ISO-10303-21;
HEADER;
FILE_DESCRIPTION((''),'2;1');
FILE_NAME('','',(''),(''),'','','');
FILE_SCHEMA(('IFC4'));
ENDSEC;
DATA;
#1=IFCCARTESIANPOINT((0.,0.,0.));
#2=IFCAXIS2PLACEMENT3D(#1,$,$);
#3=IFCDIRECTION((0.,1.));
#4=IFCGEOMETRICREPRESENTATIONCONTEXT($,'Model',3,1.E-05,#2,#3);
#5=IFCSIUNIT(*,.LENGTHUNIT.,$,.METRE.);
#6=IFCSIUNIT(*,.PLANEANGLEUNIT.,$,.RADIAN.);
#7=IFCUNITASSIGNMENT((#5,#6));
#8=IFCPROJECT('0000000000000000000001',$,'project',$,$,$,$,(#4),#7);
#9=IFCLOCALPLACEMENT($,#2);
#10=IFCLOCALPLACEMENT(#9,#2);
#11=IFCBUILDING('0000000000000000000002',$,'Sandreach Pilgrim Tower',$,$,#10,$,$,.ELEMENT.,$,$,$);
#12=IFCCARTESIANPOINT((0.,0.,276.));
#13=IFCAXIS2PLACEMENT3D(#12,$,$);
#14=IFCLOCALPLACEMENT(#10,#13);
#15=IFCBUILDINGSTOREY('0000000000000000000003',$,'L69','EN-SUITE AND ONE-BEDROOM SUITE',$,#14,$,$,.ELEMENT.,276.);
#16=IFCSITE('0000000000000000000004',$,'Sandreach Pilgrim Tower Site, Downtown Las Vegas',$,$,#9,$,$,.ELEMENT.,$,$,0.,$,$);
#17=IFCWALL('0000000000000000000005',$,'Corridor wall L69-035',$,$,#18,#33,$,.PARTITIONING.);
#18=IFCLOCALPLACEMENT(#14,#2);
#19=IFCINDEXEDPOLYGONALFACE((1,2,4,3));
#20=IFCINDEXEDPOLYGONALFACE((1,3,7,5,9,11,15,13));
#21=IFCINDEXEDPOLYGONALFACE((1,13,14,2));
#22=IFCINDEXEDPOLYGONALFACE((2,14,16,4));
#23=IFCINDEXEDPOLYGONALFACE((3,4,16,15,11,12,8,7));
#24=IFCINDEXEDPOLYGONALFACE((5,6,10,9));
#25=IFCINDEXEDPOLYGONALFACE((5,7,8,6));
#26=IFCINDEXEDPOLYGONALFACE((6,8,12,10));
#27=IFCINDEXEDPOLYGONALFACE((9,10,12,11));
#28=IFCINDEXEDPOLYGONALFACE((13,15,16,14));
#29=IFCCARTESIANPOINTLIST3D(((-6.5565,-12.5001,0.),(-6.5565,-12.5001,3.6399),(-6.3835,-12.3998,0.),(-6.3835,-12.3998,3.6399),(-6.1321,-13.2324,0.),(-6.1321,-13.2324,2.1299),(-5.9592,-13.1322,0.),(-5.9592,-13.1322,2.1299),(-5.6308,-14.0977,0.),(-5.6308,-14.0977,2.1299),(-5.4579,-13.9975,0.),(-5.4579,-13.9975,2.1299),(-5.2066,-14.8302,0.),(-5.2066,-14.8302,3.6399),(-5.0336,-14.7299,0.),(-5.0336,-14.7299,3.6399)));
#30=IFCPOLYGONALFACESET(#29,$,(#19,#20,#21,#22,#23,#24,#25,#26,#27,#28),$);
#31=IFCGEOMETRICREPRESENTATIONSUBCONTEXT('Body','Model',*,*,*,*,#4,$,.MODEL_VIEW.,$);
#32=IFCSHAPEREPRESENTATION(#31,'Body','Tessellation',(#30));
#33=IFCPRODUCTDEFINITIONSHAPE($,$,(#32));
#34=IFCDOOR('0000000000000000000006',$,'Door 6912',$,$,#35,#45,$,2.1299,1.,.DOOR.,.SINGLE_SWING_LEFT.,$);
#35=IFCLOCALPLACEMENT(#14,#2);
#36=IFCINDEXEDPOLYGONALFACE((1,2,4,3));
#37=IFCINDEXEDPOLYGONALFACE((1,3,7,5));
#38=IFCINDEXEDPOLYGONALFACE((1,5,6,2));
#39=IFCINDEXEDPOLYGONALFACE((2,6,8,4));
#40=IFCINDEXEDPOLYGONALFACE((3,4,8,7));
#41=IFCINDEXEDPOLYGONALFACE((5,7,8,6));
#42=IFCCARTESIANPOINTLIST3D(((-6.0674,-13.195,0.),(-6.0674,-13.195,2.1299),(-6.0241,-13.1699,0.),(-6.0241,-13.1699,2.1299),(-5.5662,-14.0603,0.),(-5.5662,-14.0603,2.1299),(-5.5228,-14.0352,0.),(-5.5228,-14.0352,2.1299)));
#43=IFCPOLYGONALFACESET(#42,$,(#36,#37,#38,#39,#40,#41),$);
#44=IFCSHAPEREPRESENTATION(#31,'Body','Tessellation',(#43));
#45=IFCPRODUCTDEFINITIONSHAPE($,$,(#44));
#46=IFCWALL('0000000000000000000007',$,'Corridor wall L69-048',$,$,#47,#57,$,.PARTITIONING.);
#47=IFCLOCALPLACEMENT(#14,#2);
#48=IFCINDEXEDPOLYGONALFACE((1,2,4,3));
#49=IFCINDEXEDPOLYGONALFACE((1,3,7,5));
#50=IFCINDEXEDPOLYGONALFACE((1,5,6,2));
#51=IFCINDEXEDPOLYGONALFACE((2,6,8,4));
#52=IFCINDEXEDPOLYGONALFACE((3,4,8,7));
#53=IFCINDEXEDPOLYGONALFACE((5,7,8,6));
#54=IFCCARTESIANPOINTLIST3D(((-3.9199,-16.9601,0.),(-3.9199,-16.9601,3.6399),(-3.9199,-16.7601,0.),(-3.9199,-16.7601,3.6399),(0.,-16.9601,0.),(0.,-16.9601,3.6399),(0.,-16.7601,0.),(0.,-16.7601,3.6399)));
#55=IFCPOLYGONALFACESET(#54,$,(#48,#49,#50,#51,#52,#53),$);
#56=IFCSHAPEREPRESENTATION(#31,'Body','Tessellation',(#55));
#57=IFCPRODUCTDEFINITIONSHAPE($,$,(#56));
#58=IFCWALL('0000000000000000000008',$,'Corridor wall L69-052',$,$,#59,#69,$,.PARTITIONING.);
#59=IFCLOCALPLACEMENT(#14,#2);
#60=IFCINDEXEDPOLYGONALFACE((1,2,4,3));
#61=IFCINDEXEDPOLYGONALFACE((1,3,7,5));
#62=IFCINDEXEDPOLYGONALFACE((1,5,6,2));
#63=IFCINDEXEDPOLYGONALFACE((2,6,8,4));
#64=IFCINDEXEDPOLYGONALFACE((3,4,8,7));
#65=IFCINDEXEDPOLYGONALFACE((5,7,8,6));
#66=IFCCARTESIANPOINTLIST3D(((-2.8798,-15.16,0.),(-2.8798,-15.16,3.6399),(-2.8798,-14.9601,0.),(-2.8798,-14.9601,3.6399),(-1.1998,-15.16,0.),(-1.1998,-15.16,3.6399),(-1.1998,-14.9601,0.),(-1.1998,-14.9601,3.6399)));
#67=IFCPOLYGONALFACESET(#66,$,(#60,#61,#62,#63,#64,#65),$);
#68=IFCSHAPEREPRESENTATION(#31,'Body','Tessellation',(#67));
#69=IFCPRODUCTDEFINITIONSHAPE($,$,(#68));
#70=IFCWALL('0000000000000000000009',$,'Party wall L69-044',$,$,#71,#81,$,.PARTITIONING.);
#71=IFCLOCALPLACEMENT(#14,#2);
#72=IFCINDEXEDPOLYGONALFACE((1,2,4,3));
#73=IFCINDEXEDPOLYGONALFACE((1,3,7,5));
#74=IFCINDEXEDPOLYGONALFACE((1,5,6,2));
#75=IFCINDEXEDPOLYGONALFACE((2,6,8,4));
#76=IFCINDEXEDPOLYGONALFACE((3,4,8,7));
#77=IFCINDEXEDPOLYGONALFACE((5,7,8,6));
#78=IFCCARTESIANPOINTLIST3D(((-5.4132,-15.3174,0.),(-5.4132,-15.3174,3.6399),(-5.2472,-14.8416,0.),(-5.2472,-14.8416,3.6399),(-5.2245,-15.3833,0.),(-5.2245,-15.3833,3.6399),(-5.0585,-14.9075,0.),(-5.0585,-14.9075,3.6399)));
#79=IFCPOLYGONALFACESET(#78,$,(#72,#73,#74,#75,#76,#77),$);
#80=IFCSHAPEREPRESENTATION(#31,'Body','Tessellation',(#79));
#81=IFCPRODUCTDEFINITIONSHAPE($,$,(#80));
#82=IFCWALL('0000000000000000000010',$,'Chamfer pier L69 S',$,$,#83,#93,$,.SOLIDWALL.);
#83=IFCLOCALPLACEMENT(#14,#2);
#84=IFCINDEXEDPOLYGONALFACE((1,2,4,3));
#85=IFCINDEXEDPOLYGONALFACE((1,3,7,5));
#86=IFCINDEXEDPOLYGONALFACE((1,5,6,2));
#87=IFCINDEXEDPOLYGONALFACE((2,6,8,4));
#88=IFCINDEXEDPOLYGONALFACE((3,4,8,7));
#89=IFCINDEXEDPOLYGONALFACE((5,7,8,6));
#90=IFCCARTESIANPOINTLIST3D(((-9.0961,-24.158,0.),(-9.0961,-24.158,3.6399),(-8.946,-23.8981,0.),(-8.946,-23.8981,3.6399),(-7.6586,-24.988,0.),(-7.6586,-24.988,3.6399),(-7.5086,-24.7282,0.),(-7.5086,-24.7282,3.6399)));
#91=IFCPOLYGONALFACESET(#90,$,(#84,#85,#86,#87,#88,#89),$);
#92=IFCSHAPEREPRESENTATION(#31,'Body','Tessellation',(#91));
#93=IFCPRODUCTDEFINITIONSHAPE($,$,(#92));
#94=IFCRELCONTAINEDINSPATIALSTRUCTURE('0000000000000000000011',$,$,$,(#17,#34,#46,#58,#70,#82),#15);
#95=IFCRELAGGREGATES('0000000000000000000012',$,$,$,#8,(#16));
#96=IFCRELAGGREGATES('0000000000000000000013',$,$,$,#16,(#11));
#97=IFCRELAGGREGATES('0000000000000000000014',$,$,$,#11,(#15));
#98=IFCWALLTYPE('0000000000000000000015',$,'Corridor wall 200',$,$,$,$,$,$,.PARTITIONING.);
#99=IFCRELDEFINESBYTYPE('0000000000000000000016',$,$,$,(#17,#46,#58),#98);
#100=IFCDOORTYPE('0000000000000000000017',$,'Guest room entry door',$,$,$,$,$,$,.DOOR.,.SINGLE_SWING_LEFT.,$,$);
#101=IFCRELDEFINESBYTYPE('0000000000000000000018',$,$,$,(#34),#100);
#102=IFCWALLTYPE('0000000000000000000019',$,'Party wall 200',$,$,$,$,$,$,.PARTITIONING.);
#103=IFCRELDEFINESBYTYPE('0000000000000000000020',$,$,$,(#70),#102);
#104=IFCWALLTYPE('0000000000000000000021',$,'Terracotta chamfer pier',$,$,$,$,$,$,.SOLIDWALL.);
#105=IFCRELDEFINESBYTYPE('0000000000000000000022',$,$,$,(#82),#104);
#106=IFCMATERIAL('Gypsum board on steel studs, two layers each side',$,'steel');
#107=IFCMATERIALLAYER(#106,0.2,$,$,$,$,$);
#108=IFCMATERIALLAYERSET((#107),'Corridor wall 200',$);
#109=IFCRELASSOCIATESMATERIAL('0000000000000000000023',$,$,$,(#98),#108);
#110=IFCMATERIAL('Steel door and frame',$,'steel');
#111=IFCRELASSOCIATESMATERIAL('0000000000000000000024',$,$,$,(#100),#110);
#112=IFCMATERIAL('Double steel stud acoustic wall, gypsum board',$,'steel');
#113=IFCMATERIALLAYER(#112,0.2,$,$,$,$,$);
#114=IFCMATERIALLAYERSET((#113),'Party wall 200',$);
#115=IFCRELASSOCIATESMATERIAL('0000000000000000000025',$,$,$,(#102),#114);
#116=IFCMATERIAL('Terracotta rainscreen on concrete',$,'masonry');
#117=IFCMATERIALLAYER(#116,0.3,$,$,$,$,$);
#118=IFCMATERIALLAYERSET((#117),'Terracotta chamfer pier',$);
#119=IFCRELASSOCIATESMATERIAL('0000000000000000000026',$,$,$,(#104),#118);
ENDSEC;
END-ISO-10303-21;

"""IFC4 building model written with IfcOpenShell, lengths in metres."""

from ifc_helpers import new_model, si_unit, direction, frame, frame_2d, origin, place, context, subcontext, project, spatial, rectangle, extrude, material, layer, layer_set, type_object, element, fill, save


model = new_model("IFC4")

# Units and contexts
model_context = context("Model", 3, precision=1e-05, world=origin(), true_north=direction((0.0, 1.0)))
body_context = subcontext(model_context, "Body", "Model", "MODEL_VIEW")
ifc_project = project(units=[si_unit("LENGTHUNIT", "METRE"), si_unit("PLANEANGLEUNIT", "RADIAN")], contexts=[model_context])

# Site, building, storey
site_placement = place(None, origin())
site = spatial("IfcSite", under=ifc_project, at=site_placement, Name="Sandreach Pilgrim Tower Site, Downtown Las Vegas", CompositionType="ELEMENT", RefElevation=0.0)
building_placement = place(site_placement, origin())
building = spatial("IfcBuilding", under=site, at=building_placement, Name="Sandreach Pilgrim Tower", CompositionType="ELEMENT")
storey_placement = place(building_placement, frame((0.0, 0.0, 276.0)))
storey = spatial("IfcBuildingStorey", under=building, at=storey_placement, Name="L69", Description="EN-SUITE AND ONE-BEDROOM SUITE", CompositionType="ELEMENT", Elevation=276.0)

# Wall, opening, door
ifc_material_1 = material(Name="Gypsum board on steel studs, two layers each side", Category="steel")
ifc_layer_1 = layer(ifc_material_1, 0.2)
ifc_layer_set_1 = layer_set([ifc_layer_1], Name="Corridor wall 200")
wall_type_1 = type_object("IfcWallType", Name="Corridor wall 200", PredefinedType="PARTITIONING", material=ifc_layer_set_1)
wall_1_placement = place(storey_placement, frame((-6.47, -12.45, 0.0), z_axis=(0.0, 0.0, 1.0), x_axis=(0.501276, -0.865288, 0.0)))
wall_1 = element("IfcWall", 1, at=wall_1_placement, inside=storey, type_object=wall_type_1, Name="Corridor wall L69-035", PredefinedType="PARTITIONING", context=body_context, shape_type="SweptSolid", body=[
    extrude(rectangle(XDim=2.6929, YDim=0.2, at=frame_2d((1.3464, 0.0))), origin(), (0.0, 0.0, 1.0), 3.6399),
])
opening_1_placement = place(wall_1_placement, frame((0.8464, 0.0, 0.0)))
opening_1 = element("IfcOpeningElement", 2, at=opening_1_placement, cuts=wall_1, PredefinedType="OPENING", context=body_context, shape_type="SweptSolid", body=[
    extrude(rectangle(XDim=1.0, YDim=2.1299, at=frame_2d((0.5, 1.0649))), frame((0.0, 0.1001, 0.0), z_axis=(0.0, -1.0, 0.0), x_axis=(1.0, 0.0, 0.0)), (0.0, 0.0, 1.0), 0.2),
])
ifc_material_2 = material(Name="Steel door and frame", Category="steel")
door_type_1 = type_object("IfcDoorType", Name="Guest room entry door", OperationType="SINGLE_SWING_LEFT", PredefinedType="DOOR", material=ifc_material_2)
door_1_placement = place(opening_1_placement, origin())
door_1 = element("IfcDoor", 3, at=door_1_placement, inside=storey, type_object=door_type_1, Name="Door 6912", OperationType="SINGLE_SWING_LEFT", OverallHeight=2.1299, OverallWidth=1.0, PredefinedType="DOOR", context=body_context, shape_type="SweptSolid", body=[
    extrude(rectangle(XDim=1.0, YDim=2.1299, at=frame_2d((0.5, 1.0649))), frame((0.0, 0.0249, 0.0), z_axis=(0.0, -1.0, 0.0), x_axis=(1.0, 0.0, 0.0)), (0.0, 0.0, 1.0), 0.05),
])
fill(opening_1, door_1)

# Wall
wall_2_placement = place(storey_placement, frame((-3.9199, -16.8601, 0.0), z_axis=(0.0, 0.0, 1.0), x_axis=(1.0, 0.0, 0.0)))
element("IfcWall", 4, at=wall_2_placement, inside=storey, type_object=wall_type_1, Name="Corridor wall L69-048", PredefinedType="PARTITIONING", context=body_context, shape_type="SweptSolid", body=[
    extrude(rectangle(XDim=3.9199, YDim=0.2, at=frame_2d((1.96, 0.0))), origin(), (0.0, 0.0, 1.0), 3.6399),
])

# Walls
wall_3_placement = place(storey_placement, frame((-1.2, -15.0601, 0.0), z_axis=(0.0, 0.0, 1.0), x_axis=(-1.0, 0.0, 0.0)))
element("IfcWall", 5, at=wall_3_placement, inside=storey, type_object=wall_type_1, Name="Corridor wall L69-052", PredefinedType="PARTITIONING", context=body_context, shape_type="SweptSolid", body=[
    extrude(rectangle(XDim=1.6799, YDim=0.2, at=frame_2d((0.8398, 0.0))), origin(), (0.0, 0.0, 1.0), 3.6399),
])
ifc_material_3 = material(Name="Double steel stud acoustic wall, gypsum board", Category="steel")
ifc_layer_2 = layer(ifc_material_3, 0.2)
ifc_layer_set_2 = layer_set([ifc_layer_2], Name="Party wall 200")
wall_type_2 = type_object("IfcWallType", Name="Party wall 200", PredefinedType="PARTITIONING", material=ifc_layer_set_2)
wall_4_placement = place(storey_placement, frame((-5.3188, -15.3503, 0.0), z_axis=(0.0, 0.0, 1.0), x_axis=(0.329422, 0.944183, 0.0)))
element("IfcWall", 6, at=wall_4_placement, inside=storey, type_object=wall_type_2, Name="Party wall L69-044", PredefinedType="PARTITIONING", context=body_context, shape_type="SweptSolid", body=[
    extrude(rectangle(XDim=0.5039, YDim=0.2, at=frame_2d((0.252, 0.0))), origin(), (0.0, 0.0, 1.0), 3.6399),
])
ifc_material_4 = material(Name="Terracotta rainscreen on concrete", Category="masonry")
ifc_layer_3 = layer(ifc_material_4, 0.3)
ifc_layer_set_3 = layer_set([ifc_layer_3], Name="Terracotta chamfer pier")
wall_type_3 = type_object("IfcWallType", Name="Terracotta chamfer pier", PredefinedType="SOLIDWALL", material=ifc_layer_set_3)
wall_5_placement = place(storey_placement, frame((-7.5835, -24.8582, 0.0), z_axis=(0.0, 0.0, 1.0), x_axis=(-0.86599, 0.500062, 0.0)))
element("IfcWall", 7, at=wall_5_placement, inside=storey, type_object=wall_type_3, Name="Chamfer pier L69 S", PredefinedType="SOLIDWALL", context=body_context, shape_type="SweptSolid", body=[
    extrude(rectangle(XDim=1.6599, YDim=0.3, at=frame_2d((0.8301, 0.0))), origin(), (0.0, 0.0, 1.0), 3.6399),
])

save(model, "model.ifc")
